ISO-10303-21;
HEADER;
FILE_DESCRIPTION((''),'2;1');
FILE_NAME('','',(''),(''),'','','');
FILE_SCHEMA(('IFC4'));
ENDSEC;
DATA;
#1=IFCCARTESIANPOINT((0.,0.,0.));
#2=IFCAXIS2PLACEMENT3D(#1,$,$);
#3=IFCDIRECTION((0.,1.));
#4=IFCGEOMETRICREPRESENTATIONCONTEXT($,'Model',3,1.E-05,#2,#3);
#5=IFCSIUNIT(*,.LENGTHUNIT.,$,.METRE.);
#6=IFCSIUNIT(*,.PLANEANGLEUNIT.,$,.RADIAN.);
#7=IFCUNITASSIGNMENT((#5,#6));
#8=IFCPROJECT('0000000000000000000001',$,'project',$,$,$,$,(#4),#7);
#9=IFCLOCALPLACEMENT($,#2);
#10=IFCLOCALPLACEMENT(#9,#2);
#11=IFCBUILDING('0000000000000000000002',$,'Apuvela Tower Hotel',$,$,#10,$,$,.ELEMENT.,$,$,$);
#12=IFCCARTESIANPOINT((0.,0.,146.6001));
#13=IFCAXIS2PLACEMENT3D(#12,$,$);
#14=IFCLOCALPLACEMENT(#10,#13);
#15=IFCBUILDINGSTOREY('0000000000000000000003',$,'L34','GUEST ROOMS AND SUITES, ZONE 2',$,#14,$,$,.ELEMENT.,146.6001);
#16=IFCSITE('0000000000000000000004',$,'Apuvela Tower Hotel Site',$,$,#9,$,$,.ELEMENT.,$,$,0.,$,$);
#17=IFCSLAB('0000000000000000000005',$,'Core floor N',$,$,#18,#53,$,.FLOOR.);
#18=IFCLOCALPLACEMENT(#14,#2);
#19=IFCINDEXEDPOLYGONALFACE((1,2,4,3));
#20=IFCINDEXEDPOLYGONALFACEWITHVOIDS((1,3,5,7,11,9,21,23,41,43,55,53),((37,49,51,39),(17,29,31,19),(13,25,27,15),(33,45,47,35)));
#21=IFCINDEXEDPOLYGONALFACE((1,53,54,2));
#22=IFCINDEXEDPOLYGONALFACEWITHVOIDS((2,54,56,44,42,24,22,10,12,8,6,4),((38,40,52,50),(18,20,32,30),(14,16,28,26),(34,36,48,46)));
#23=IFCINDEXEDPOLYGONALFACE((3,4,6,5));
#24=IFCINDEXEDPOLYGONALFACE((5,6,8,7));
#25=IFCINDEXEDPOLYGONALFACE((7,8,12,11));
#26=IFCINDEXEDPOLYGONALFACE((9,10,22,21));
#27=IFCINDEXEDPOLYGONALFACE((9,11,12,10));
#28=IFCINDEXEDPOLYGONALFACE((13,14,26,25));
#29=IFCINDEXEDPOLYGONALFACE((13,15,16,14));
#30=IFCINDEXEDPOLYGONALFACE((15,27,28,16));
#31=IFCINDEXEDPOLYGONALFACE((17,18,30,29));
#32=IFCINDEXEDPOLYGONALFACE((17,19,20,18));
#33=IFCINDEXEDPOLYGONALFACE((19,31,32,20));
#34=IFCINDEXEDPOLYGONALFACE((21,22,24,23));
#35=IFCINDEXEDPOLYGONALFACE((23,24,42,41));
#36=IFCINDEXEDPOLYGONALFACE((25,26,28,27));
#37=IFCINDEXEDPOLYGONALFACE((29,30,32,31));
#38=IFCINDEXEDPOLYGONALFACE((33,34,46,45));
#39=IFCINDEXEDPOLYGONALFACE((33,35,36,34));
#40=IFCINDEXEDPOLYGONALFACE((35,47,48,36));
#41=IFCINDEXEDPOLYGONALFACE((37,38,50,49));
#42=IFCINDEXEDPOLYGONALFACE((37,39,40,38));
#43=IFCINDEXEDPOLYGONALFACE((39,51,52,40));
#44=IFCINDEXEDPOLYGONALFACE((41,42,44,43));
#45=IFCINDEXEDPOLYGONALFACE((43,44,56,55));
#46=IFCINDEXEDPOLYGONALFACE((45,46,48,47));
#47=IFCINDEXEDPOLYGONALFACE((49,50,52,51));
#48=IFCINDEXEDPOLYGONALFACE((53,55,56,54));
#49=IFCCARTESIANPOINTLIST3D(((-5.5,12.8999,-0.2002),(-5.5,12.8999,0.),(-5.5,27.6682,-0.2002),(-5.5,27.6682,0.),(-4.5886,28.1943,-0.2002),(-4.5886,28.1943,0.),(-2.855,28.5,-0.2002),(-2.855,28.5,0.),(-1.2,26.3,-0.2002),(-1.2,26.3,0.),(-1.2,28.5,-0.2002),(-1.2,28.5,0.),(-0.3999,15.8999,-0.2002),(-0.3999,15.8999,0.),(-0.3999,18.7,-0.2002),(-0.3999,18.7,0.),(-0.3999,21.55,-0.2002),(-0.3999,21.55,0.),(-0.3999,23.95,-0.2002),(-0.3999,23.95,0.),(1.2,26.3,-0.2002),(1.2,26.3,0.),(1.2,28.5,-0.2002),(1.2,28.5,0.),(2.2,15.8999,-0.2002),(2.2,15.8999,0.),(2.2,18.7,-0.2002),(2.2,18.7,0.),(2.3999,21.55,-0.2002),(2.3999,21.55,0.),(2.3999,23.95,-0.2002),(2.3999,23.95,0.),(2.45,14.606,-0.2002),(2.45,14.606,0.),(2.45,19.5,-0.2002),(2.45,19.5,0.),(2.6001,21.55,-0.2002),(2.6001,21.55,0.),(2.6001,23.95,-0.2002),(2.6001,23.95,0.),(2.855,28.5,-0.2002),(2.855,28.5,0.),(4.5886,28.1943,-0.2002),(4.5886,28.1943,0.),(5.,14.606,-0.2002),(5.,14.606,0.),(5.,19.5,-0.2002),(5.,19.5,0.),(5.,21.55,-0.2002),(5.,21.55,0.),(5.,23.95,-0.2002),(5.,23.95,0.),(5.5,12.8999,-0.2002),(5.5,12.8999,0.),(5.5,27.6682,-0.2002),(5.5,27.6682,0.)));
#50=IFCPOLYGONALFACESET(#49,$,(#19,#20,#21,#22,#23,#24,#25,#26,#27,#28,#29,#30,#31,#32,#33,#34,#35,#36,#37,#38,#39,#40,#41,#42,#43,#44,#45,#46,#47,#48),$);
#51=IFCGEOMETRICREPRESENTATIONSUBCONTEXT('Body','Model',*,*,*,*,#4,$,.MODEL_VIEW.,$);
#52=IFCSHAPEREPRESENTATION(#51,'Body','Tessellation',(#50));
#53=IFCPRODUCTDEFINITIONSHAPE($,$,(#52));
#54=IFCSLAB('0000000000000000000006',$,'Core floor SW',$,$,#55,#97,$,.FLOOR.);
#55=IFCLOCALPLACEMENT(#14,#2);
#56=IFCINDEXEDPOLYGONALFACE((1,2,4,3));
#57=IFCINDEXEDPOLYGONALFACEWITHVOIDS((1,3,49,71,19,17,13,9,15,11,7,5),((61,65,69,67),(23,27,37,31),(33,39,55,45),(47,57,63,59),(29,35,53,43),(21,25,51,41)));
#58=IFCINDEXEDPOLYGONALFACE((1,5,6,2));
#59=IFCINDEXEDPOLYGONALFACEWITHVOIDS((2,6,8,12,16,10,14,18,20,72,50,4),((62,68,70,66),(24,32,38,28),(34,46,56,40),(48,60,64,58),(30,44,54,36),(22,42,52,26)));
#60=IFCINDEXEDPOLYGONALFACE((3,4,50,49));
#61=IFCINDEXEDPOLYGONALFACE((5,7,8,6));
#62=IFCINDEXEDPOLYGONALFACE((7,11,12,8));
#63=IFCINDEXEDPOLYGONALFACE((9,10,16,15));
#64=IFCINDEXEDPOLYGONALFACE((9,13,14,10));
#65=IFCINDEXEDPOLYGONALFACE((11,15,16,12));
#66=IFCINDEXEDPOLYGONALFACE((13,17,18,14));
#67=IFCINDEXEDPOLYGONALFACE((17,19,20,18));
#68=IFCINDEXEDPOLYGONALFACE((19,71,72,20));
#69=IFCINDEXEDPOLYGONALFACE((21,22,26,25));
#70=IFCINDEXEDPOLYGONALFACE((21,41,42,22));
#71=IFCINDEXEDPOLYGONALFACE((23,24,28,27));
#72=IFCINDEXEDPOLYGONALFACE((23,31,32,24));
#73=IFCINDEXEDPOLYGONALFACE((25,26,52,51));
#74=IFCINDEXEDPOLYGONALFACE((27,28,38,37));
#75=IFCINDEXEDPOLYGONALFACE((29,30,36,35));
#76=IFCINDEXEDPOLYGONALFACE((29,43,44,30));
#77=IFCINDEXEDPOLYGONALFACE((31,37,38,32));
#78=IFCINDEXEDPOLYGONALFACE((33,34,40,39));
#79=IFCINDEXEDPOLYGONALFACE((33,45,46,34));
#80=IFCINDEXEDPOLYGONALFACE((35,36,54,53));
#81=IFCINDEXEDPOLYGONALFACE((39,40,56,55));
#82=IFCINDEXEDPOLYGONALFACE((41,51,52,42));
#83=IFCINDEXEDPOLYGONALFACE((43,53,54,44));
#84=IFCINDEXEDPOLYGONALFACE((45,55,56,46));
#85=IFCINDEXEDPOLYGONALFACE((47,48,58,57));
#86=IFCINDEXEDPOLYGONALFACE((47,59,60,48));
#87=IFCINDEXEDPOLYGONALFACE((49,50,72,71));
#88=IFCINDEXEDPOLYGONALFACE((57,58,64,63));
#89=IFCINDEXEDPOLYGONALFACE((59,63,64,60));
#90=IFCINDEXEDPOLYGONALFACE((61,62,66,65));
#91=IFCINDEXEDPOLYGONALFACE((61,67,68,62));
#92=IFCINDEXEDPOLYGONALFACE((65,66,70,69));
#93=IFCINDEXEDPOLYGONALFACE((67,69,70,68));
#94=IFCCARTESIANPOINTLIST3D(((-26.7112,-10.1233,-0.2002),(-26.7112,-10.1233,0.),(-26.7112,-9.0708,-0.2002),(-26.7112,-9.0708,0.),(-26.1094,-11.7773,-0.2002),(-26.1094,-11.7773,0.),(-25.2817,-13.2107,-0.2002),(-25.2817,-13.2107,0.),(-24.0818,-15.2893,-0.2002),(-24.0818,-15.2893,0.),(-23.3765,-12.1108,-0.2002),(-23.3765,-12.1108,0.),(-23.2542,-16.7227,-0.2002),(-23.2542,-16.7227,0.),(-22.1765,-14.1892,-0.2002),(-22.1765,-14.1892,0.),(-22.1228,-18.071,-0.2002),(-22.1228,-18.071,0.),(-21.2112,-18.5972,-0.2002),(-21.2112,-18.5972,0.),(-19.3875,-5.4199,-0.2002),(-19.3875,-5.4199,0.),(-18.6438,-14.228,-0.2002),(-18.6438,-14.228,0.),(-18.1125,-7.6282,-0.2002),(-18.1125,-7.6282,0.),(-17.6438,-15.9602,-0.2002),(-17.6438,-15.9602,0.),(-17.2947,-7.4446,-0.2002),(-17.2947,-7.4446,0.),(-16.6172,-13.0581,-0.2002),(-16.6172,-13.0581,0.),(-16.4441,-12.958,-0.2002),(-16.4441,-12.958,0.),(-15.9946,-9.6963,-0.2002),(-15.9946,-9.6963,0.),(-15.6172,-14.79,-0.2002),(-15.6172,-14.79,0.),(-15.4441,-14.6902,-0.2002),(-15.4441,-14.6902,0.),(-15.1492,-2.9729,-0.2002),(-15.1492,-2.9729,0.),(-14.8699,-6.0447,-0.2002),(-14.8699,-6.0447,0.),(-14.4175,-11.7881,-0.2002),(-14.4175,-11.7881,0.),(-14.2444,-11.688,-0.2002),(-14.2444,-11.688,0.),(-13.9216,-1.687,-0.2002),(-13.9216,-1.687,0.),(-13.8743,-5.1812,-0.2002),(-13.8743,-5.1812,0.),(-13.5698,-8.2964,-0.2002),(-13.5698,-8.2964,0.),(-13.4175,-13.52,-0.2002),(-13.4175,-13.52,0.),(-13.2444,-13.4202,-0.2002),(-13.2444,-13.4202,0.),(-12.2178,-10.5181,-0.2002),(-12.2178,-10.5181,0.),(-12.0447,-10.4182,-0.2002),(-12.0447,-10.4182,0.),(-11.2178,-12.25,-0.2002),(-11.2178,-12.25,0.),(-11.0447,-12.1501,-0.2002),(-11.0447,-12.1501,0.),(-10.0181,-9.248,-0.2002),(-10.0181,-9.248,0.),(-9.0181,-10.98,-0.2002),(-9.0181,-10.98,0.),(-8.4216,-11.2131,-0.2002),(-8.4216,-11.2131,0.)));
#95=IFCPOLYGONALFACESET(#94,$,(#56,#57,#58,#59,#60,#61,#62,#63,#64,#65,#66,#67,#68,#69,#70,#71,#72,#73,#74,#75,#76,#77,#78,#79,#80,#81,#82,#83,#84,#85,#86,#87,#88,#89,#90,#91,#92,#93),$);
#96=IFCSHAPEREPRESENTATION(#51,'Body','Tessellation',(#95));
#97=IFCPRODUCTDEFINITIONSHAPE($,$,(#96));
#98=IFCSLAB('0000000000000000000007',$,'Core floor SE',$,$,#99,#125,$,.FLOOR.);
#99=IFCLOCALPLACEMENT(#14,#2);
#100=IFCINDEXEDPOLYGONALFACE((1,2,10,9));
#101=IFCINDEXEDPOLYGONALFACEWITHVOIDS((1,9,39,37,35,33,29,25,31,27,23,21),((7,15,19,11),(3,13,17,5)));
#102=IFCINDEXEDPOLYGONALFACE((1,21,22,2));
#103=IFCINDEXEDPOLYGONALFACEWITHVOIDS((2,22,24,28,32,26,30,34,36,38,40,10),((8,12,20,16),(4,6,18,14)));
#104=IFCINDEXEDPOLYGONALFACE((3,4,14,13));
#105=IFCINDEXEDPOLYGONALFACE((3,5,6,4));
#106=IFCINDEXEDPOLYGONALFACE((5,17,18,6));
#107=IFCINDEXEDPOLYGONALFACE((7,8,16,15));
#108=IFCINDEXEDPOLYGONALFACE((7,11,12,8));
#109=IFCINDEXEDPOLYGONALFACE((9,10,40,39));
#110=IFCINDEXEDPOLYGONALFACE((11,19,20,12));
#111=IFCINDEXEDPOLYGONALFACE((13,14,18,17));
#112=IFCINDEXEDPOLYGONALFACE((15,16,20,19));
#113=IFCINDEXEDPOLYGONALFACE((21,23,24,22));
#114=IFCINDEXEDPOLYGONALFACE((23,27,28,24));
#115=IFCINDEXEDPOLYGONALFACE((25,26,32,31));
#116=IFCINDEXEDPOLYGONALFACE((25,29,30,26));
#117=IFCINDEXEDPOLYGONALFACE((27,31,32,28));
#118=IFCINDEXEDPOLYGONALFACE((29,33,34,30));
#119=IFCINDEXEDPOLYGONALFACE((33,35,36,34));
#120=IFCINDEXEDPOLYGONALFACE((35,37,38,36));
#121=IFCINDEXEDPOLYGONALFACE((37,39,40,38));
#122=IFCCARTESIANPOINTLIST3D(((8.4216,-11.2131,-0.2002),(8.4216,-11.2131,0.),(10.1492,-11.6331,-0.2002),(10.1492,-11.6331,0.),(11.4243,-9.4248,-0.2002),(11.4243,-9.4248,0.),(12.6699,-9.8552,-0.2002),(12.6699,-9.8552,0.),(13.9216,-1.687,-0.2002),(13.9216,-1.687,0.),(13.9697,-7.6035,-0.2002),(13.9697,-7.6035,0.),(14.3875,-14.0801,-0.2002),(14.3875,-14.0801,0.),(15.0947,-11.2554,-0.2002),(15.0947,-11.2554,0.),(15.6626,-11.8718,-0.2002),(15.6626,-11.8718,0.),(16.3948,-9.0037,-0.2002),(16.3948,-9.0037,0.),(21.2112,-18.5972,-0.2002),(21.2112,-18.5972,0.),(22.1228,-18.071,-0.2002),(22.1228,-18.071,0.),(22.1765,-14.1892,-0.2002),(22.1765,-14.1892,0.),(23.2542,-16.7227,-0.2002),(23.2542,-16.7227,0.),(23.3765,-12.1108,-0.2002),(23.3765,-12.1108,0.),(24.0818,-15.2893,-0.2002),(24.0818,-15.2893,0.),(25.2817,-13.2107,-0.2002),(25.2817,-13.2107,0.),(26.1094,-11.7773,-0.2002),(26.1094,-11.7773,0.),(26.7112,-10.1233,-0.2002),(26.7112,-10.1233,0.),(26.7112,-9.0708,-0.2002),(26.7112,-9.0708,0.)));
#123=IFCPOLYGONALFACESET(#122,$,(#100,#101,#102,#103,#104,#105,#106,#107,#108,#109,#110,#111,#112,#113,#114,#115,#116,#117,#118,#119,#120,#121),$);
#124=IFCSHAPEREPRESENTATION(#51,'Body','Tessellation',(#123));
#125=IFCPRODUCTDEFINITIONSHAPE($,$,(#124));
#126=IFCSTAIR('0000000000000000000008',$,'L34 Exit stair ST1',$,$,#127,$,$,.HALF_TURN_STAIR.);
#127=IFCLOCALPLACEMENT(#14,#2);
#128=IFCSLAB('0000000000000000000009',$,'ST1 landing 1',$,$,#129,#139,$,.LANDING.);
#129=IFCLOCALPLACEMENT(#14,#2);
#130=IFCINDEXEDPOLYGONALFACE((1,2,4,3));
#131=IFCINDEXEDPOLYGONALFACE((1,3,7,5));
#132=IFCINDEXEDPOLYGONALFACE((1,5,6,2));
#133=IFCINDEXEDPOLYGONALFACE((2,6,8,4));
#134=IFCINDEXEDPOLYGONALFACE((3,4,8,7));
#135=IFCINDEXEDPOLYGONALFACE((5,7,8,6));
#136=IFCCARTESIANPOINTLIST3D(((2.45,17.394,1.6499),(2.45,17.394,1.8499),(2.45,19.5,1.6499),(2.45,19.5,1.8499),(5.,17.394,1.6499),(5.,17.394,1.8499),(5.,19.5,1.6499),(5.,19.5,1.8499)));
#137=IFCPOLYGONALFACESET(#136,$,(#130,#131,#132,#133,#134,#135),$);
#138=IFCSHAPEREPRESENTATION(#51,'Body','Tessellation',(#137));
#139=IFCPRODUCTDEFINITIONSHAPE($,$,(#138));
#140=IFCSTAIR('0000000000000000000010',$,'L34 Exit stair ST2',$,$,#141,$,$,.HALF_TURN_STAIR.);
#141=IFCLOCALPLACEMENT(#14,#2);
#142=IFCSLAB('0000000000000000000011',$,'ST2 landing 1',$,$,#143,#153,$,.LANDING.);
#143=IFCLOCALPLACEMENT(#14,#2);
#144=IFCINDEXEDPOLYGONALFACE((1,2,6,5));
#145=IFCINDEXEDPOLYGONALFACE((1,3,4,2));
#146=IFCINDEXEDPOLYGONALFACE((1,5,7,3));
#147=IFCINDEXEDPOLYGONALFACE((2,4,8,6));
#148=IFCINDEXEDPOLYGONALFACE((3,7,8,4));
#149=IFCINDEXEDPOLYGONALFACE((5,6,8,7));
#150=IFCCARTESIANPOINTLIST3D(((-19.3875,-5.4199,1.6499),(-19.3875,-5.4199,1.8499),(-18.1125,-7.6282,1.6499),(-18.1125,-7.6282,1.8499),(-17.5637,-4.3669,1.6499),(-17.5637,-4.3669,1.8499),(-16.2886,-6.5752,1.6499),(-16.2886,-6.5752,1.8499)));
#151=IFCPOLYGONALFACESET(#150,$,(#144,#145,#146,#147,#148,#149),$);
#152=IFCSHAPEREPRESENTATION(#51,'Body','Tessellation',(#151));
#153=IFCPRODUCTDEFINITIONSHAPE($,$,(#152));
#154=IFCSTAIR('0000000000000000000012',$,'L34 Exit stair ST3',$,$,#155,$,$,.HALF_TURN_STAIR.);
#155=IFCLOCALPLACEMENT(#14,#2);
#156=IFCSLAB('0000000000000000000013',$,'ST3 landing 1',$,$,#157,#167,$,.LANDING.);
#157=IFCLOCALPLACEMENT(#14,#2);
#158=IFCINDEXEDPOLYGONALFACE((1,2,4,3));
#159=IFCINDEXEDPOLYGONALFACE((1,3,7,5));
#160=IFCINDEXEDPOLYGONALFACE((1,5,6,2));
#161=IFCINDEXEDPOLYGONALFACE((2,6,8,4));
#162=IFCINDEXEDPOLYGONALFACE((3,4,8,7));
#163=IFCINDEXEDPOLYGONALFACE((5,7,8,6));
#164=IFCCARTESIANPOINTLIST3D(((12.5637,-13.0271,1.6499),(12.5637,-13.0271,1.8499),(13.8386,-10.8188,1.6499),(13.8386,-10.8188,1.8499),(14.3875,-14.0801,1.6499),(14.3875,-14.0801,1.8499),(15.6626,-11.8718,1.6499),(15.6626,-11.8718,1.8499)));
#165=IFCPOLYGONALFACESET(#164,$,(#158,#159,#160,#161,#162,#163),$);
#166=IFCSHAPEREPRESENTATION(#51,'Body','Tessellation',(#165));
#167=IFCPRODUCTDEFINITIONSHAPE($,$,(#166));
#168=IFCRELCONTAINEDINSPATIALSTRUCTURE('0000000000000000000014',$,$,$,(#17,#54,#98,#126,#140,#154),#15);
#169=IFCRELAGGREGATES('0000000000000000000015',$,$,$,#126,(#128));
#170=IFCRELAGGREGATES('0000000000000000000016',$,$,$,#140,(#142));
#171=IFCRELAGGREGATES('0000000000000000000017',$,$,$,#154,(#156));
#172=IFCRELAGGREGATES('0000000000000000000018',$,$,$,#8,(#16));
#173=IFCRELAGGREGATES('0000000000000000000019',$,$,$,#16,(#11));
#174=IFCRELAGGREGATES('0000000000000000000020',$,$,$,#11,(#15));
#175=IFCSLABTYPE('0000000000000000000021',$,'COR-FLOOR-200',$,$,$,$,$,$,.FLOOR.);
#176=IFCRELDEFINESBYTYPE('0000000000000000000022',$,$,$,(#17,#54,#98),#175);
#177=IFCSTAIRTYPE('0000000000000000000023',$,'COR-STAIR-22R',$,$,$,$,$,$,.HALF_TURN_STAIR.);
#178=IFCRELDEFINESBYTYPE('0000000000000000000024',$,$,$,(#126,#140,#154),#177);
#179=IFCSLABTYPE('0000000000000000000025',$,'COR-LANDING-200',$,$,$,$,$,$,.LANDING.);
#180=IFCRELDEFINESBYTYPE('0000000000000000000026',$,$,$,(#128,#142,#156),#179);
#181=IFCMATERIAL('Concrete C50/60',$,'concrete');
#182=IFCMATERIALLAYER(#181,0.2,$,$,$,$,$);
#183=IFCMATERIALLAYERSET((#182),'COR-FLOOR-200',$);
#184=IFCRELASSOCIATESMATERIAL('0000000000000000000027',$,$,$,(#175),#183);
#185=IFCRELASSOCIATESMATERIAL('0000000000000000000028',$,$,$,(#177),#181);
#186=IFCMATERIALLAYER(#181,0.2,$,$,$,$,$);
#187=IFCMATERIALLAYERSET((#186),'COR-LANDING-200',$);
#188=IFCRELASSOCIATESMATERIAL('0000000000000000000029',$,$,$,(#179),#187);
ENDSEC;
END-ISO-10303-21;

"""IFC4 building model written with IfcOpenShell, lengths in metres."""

from ifc_helpers import new_model, si_unit, direction, frame, origin, place, context, subcontext, project, spatial, polyline, outline, extrude, material, layer, layer_set, type_object, element, aggregate, save


model = new_model("IFC4")

# Units and contexts
model_context = context("Model", 3, precision=1e-05, world=origin(), true_north=direction((0.0, 1.0)))
body_context = subcontext(model_context, "Body", "Model", "MODEL_VIEW")
ifc_project = project(units=[si_unit("LENGTHUNIT", "METRE"), si_unit("PLANEANGLEUNIT", "RADIAN")], contexts=[model_context])

# Site, building, storey
site_placement = place(None, origin())
site = spatial("IfcSite", under=ifc_project, at=site_placement, Name="Apuvela Tower Hotel Site", CompositionType="ELEMENT", RefElevation=0.0)
building_placement = place(site_placement, origin())
building = spatial("IfcBuilding", under=site, at=building_placement, Name="Apuvela Tower Hotel", CompositionType="ELEMENT")
storey_placement = place(building_placement, frame((0.0, 0.0, 146.6001)))
storey = spatial("IfcBuildingStorey", under=building, at=storey_placement, Name="L34", Description="GUEST ROOMS AND SUITES, ZONE 2", CompositionType="ELEMENT", Elevation=146.6001)

# Slabs
ifc_material_1 = material(Name="Concrete C50/60", Category="concrete")
ifc_layer_1 = layer(ifc_material_1, 0.2)
ifc_layer_set_1 = layer_set([ifc_layer_1], Name="COR-FLOOR-200")
slab_type_1 = type_object("IfcSlabType", Name="COR-FLOOR-200", PredefinedType="FLOOR", material=ifc_layer_set_1)
slab_1_placement = place(storey_placement, frame((0.0, 0.0, -0.2002)))
element("IfcSlab", 1, at=slab_1_placement, inside=storey, type_object=slab_type_1, Name="Core floor N", PredefinedType="FLOOR", context=body_context, shape_type="SweptSolid", body=[
    extrude(outline(polyline([(5.5, 27.6682), (4.5886, 28.1943), (2.855, 28.5), (1.2, 28.5), (1.2, 26.3), (-1.2, 26.3), (-1.2, 28.5), (-2.855, 28.5), (-4.5886, 28.1943), (-5.5, 27.6682), (-5.5, 12.8999), (5.5, 12.8999), (5.5, 27.6682)]), holes=[polyline([(5.0, 14.606), (2.45, 14.606), (2.45, 19.5), (5.0, 19.5), (5.0, 14.606)]), polyline([(2.2, 15.8999), (-0.3999, 15.8999), (-0.3999, 18.7), (2.2, 18.7), (2.2, 15.8999)]), polyline([(5.0, 21.55), (2.6001, 21.55), (2.6001, 23.95), (5.0, 23.95), (5.0, 21.55)]), polyline([(2.3999, 21.55), (-0.3999, 21.55), (-0.3999, 23.95), (2.3999, 23.95), (2.3999, 21.55)])]), origin(), (0.0, 0.0, 1.0), 0.2002),
])
slab_2_placement = place(storey_placement, frame((0.0, 0.0, -0.2002)))
element("IfcSlab", 2, at=slab_2_placement, inside=storey, type_object=slab_type_1, Name="Core floor SW", PredefinedType="FLOOR", context=body_context, shape_type="SweptSolid", body=[
    extrude(outline(polyline([(-26.7112, -9.0708), (-26.7112, -10.1233), (-26.1094, -11.7773), (-25.2817, -13.2107), (-23.3765, -12.1108), (-22.1765, -14.1892), (-24.0818, -15.2893), (-23.2542, -16.7227), (-22.1228, -18.071), (-21.2112, -18.5972), (-8.4216, -11.2131), (-13.9216, -1.687), (-26.7112, -9.0708)]), holes=[polyline([(-10.0181, -9.248), (-9.0181, -10.98), (-11.0447, -12.1501), (-12.0447, -10.4182), (-10.0181, -9.248)]), polyline([(-14.2444, -11.688), (-12.2178, -10.5181), (-11.2178, -12.25), (-13.2444, -13.4202), (-14.2444, -11.688)]), polyline([(-19.3875, -5.4199), (-15.1492, -2.9729), (-13.8743, -5.1812), (-18.1125, -7.6282), (-19.3875, -5.4199)]), polyline([(-14.8699, -6.0447), (-13.5698, -8.2964), (-15.9946, -9.6963), (-17.2947, -7.4446), (-14.8699, -6.0447)]), polyline([(-16.4441, -12.958), (-14.4175, -11.7881), (-13.4175, -13.52), (-15.4441, -14.6902), (-16.4441, -12.958)]), polyline([(-18.6438, -14.228), (-16.6172, -13.0581), (-15.6172, -14.79), (-17.6438, -15.9602), (-18.6438, -14.228)])]), origin(), (0.0, 0.0, 1.0), 0.2002),
])
slab_3_placement = place(storey_placement, frame((0.0, 0.0, -0.2002)))
element("IfcSlab", 3, at=slab_3_placement, inside=storey, type_object=slab_type_1, Name="Core floor SE", PredefinedType="FLOOR", context=body_context, shape_type="SweptSolid", body=[
    extrude(outline(polyline([(21.2112, -18.5972), (22.1228, -18.071), (23.2542, -16.7227), (24.0818, -15.2893), (22.1765, -14.1892), (23.3765, -12.1108), (25.2817, -13.2107), (26.1094, -11.7773), (26.7112, -10.1233), (26.7112, -9.0708), (13.9216, -1.687), (8.4216, -11.2131), (21.2112, -18.5972)]), holes=[polyline([(11.4243, -9.4248), (15.6626, -11.8718), (14.3875, -14.0801), (10.1492, -11.6331), (11.4243, -9.4248)]), polyline([(13.9697, -7.6035), (16.3948, -9.0037), (15.0947, -11.2554), (12.6699, -9.8552), (13.9697, -7.6035)])]), origin(), (0.0, 0.0, 1.0), 0.2002),
])

# Stairs, slabs
stair_type = type_object("IfcStairType", Name="COR-STAIR-22R", PredefinedType="HALF_TURN_STAIR", material=ifc_material_1)
stair_1_placement = place(storey_placement, origin())
stair_1 = element("IfcStair", 4, at=stair_1_placement, inside=storey, type_object=stair_type, Name="L34 Exit stair ST1", PredefinedType="HALF_TURN_STAIR")
ifc_layer_2 = layer(ifc_material_1, 0.2)
ifc_layer_set_2 = layer_set([ifc_layer_2], Name="COR-LANDING-200")
slab_type_2 = type_object("IfcSlabType", Name="COR-LANDING-200", PredefinedType="LANDING", material=ifc_layer_set_2)
slab_4_placement = place(storey_placement, frame((0.0, 0.0, 1.6499)))
slab_4 = element("IfcSlab", 5, at=slab_4_placement, type_object=slab_type_2, Name="ST1 landing 1", PredefinedType="LANDING", context=body_context, shape_type="SweptSolid", body=[
    extrude(outline(polyline([(5.0, 17.394), (5.0, 19.5), (2.45, 19.5), (2.45, 17.394), (5.0, 17.394)])), origin(), (0.0, 0.0, 1.0), 0.2),
])
aggregate(stair_1, [slab_4])
stair_2_placement = place(storey_placement, origin())
stair_2 = element("IfcStair", 6, at=stair_2_placement, inside=storey, type_object=stair_type, Name="L34 Exit stair ST2", PredefinedType="HALF_TURN_STAIR")
slab_5_placement = place(storey_placement, frame((0.0, 0.0, 1.6499)))
slab_5 = element("IfcSlab", 7, at=slab_5_placement, type_object=slab_type_2, Name="ST2 landing 1", PredefinedType="LANDING", context=body_context, shape_type="SweptSolid", body=[
    extrude(outline(polyline([(-17.5637, -4.3669), (-19.3875, -5.4199), (-18.1125, -7.6282), (-16.2886, -6.5752), (-17.5637, -4.3669)])), origin(), (0.0, 0.0, 1.0), 0.2),
])
aggregate(stair_2, [slab_5])
stair_3_placement = place(storey_placement, origin())
stair_3 = element("IfcStair", 8, at=stair_3_placement, inside=storey, type_object=stair_type, Name="L34 Exit stair ST3", PredefinedType="HALF_TURN_STAIR")
slab_6_placement = place(storey_placement, frame((0.0, 0.0, 1.6499)))
slab_6 = element("IfcSlab", 9, at=slab_6_placement, type_object=slab_type_2, Name="ST3 landing 1", PredefinedType="LANDING", context=body_context, shape_type="SweptSolid", body=[
    extrude(outline(polyline([(12.5637, -13.0271), (14.3875, -14.0801), (15.6626, -11.8718), (13.8386, -10.8188), (12.5637, -13.0271)])), origin(), (0.0, 0.0, 1.0), 0.2),
])
aggregate(stair_3, [slab_6])

save(model, "model.ifc")
